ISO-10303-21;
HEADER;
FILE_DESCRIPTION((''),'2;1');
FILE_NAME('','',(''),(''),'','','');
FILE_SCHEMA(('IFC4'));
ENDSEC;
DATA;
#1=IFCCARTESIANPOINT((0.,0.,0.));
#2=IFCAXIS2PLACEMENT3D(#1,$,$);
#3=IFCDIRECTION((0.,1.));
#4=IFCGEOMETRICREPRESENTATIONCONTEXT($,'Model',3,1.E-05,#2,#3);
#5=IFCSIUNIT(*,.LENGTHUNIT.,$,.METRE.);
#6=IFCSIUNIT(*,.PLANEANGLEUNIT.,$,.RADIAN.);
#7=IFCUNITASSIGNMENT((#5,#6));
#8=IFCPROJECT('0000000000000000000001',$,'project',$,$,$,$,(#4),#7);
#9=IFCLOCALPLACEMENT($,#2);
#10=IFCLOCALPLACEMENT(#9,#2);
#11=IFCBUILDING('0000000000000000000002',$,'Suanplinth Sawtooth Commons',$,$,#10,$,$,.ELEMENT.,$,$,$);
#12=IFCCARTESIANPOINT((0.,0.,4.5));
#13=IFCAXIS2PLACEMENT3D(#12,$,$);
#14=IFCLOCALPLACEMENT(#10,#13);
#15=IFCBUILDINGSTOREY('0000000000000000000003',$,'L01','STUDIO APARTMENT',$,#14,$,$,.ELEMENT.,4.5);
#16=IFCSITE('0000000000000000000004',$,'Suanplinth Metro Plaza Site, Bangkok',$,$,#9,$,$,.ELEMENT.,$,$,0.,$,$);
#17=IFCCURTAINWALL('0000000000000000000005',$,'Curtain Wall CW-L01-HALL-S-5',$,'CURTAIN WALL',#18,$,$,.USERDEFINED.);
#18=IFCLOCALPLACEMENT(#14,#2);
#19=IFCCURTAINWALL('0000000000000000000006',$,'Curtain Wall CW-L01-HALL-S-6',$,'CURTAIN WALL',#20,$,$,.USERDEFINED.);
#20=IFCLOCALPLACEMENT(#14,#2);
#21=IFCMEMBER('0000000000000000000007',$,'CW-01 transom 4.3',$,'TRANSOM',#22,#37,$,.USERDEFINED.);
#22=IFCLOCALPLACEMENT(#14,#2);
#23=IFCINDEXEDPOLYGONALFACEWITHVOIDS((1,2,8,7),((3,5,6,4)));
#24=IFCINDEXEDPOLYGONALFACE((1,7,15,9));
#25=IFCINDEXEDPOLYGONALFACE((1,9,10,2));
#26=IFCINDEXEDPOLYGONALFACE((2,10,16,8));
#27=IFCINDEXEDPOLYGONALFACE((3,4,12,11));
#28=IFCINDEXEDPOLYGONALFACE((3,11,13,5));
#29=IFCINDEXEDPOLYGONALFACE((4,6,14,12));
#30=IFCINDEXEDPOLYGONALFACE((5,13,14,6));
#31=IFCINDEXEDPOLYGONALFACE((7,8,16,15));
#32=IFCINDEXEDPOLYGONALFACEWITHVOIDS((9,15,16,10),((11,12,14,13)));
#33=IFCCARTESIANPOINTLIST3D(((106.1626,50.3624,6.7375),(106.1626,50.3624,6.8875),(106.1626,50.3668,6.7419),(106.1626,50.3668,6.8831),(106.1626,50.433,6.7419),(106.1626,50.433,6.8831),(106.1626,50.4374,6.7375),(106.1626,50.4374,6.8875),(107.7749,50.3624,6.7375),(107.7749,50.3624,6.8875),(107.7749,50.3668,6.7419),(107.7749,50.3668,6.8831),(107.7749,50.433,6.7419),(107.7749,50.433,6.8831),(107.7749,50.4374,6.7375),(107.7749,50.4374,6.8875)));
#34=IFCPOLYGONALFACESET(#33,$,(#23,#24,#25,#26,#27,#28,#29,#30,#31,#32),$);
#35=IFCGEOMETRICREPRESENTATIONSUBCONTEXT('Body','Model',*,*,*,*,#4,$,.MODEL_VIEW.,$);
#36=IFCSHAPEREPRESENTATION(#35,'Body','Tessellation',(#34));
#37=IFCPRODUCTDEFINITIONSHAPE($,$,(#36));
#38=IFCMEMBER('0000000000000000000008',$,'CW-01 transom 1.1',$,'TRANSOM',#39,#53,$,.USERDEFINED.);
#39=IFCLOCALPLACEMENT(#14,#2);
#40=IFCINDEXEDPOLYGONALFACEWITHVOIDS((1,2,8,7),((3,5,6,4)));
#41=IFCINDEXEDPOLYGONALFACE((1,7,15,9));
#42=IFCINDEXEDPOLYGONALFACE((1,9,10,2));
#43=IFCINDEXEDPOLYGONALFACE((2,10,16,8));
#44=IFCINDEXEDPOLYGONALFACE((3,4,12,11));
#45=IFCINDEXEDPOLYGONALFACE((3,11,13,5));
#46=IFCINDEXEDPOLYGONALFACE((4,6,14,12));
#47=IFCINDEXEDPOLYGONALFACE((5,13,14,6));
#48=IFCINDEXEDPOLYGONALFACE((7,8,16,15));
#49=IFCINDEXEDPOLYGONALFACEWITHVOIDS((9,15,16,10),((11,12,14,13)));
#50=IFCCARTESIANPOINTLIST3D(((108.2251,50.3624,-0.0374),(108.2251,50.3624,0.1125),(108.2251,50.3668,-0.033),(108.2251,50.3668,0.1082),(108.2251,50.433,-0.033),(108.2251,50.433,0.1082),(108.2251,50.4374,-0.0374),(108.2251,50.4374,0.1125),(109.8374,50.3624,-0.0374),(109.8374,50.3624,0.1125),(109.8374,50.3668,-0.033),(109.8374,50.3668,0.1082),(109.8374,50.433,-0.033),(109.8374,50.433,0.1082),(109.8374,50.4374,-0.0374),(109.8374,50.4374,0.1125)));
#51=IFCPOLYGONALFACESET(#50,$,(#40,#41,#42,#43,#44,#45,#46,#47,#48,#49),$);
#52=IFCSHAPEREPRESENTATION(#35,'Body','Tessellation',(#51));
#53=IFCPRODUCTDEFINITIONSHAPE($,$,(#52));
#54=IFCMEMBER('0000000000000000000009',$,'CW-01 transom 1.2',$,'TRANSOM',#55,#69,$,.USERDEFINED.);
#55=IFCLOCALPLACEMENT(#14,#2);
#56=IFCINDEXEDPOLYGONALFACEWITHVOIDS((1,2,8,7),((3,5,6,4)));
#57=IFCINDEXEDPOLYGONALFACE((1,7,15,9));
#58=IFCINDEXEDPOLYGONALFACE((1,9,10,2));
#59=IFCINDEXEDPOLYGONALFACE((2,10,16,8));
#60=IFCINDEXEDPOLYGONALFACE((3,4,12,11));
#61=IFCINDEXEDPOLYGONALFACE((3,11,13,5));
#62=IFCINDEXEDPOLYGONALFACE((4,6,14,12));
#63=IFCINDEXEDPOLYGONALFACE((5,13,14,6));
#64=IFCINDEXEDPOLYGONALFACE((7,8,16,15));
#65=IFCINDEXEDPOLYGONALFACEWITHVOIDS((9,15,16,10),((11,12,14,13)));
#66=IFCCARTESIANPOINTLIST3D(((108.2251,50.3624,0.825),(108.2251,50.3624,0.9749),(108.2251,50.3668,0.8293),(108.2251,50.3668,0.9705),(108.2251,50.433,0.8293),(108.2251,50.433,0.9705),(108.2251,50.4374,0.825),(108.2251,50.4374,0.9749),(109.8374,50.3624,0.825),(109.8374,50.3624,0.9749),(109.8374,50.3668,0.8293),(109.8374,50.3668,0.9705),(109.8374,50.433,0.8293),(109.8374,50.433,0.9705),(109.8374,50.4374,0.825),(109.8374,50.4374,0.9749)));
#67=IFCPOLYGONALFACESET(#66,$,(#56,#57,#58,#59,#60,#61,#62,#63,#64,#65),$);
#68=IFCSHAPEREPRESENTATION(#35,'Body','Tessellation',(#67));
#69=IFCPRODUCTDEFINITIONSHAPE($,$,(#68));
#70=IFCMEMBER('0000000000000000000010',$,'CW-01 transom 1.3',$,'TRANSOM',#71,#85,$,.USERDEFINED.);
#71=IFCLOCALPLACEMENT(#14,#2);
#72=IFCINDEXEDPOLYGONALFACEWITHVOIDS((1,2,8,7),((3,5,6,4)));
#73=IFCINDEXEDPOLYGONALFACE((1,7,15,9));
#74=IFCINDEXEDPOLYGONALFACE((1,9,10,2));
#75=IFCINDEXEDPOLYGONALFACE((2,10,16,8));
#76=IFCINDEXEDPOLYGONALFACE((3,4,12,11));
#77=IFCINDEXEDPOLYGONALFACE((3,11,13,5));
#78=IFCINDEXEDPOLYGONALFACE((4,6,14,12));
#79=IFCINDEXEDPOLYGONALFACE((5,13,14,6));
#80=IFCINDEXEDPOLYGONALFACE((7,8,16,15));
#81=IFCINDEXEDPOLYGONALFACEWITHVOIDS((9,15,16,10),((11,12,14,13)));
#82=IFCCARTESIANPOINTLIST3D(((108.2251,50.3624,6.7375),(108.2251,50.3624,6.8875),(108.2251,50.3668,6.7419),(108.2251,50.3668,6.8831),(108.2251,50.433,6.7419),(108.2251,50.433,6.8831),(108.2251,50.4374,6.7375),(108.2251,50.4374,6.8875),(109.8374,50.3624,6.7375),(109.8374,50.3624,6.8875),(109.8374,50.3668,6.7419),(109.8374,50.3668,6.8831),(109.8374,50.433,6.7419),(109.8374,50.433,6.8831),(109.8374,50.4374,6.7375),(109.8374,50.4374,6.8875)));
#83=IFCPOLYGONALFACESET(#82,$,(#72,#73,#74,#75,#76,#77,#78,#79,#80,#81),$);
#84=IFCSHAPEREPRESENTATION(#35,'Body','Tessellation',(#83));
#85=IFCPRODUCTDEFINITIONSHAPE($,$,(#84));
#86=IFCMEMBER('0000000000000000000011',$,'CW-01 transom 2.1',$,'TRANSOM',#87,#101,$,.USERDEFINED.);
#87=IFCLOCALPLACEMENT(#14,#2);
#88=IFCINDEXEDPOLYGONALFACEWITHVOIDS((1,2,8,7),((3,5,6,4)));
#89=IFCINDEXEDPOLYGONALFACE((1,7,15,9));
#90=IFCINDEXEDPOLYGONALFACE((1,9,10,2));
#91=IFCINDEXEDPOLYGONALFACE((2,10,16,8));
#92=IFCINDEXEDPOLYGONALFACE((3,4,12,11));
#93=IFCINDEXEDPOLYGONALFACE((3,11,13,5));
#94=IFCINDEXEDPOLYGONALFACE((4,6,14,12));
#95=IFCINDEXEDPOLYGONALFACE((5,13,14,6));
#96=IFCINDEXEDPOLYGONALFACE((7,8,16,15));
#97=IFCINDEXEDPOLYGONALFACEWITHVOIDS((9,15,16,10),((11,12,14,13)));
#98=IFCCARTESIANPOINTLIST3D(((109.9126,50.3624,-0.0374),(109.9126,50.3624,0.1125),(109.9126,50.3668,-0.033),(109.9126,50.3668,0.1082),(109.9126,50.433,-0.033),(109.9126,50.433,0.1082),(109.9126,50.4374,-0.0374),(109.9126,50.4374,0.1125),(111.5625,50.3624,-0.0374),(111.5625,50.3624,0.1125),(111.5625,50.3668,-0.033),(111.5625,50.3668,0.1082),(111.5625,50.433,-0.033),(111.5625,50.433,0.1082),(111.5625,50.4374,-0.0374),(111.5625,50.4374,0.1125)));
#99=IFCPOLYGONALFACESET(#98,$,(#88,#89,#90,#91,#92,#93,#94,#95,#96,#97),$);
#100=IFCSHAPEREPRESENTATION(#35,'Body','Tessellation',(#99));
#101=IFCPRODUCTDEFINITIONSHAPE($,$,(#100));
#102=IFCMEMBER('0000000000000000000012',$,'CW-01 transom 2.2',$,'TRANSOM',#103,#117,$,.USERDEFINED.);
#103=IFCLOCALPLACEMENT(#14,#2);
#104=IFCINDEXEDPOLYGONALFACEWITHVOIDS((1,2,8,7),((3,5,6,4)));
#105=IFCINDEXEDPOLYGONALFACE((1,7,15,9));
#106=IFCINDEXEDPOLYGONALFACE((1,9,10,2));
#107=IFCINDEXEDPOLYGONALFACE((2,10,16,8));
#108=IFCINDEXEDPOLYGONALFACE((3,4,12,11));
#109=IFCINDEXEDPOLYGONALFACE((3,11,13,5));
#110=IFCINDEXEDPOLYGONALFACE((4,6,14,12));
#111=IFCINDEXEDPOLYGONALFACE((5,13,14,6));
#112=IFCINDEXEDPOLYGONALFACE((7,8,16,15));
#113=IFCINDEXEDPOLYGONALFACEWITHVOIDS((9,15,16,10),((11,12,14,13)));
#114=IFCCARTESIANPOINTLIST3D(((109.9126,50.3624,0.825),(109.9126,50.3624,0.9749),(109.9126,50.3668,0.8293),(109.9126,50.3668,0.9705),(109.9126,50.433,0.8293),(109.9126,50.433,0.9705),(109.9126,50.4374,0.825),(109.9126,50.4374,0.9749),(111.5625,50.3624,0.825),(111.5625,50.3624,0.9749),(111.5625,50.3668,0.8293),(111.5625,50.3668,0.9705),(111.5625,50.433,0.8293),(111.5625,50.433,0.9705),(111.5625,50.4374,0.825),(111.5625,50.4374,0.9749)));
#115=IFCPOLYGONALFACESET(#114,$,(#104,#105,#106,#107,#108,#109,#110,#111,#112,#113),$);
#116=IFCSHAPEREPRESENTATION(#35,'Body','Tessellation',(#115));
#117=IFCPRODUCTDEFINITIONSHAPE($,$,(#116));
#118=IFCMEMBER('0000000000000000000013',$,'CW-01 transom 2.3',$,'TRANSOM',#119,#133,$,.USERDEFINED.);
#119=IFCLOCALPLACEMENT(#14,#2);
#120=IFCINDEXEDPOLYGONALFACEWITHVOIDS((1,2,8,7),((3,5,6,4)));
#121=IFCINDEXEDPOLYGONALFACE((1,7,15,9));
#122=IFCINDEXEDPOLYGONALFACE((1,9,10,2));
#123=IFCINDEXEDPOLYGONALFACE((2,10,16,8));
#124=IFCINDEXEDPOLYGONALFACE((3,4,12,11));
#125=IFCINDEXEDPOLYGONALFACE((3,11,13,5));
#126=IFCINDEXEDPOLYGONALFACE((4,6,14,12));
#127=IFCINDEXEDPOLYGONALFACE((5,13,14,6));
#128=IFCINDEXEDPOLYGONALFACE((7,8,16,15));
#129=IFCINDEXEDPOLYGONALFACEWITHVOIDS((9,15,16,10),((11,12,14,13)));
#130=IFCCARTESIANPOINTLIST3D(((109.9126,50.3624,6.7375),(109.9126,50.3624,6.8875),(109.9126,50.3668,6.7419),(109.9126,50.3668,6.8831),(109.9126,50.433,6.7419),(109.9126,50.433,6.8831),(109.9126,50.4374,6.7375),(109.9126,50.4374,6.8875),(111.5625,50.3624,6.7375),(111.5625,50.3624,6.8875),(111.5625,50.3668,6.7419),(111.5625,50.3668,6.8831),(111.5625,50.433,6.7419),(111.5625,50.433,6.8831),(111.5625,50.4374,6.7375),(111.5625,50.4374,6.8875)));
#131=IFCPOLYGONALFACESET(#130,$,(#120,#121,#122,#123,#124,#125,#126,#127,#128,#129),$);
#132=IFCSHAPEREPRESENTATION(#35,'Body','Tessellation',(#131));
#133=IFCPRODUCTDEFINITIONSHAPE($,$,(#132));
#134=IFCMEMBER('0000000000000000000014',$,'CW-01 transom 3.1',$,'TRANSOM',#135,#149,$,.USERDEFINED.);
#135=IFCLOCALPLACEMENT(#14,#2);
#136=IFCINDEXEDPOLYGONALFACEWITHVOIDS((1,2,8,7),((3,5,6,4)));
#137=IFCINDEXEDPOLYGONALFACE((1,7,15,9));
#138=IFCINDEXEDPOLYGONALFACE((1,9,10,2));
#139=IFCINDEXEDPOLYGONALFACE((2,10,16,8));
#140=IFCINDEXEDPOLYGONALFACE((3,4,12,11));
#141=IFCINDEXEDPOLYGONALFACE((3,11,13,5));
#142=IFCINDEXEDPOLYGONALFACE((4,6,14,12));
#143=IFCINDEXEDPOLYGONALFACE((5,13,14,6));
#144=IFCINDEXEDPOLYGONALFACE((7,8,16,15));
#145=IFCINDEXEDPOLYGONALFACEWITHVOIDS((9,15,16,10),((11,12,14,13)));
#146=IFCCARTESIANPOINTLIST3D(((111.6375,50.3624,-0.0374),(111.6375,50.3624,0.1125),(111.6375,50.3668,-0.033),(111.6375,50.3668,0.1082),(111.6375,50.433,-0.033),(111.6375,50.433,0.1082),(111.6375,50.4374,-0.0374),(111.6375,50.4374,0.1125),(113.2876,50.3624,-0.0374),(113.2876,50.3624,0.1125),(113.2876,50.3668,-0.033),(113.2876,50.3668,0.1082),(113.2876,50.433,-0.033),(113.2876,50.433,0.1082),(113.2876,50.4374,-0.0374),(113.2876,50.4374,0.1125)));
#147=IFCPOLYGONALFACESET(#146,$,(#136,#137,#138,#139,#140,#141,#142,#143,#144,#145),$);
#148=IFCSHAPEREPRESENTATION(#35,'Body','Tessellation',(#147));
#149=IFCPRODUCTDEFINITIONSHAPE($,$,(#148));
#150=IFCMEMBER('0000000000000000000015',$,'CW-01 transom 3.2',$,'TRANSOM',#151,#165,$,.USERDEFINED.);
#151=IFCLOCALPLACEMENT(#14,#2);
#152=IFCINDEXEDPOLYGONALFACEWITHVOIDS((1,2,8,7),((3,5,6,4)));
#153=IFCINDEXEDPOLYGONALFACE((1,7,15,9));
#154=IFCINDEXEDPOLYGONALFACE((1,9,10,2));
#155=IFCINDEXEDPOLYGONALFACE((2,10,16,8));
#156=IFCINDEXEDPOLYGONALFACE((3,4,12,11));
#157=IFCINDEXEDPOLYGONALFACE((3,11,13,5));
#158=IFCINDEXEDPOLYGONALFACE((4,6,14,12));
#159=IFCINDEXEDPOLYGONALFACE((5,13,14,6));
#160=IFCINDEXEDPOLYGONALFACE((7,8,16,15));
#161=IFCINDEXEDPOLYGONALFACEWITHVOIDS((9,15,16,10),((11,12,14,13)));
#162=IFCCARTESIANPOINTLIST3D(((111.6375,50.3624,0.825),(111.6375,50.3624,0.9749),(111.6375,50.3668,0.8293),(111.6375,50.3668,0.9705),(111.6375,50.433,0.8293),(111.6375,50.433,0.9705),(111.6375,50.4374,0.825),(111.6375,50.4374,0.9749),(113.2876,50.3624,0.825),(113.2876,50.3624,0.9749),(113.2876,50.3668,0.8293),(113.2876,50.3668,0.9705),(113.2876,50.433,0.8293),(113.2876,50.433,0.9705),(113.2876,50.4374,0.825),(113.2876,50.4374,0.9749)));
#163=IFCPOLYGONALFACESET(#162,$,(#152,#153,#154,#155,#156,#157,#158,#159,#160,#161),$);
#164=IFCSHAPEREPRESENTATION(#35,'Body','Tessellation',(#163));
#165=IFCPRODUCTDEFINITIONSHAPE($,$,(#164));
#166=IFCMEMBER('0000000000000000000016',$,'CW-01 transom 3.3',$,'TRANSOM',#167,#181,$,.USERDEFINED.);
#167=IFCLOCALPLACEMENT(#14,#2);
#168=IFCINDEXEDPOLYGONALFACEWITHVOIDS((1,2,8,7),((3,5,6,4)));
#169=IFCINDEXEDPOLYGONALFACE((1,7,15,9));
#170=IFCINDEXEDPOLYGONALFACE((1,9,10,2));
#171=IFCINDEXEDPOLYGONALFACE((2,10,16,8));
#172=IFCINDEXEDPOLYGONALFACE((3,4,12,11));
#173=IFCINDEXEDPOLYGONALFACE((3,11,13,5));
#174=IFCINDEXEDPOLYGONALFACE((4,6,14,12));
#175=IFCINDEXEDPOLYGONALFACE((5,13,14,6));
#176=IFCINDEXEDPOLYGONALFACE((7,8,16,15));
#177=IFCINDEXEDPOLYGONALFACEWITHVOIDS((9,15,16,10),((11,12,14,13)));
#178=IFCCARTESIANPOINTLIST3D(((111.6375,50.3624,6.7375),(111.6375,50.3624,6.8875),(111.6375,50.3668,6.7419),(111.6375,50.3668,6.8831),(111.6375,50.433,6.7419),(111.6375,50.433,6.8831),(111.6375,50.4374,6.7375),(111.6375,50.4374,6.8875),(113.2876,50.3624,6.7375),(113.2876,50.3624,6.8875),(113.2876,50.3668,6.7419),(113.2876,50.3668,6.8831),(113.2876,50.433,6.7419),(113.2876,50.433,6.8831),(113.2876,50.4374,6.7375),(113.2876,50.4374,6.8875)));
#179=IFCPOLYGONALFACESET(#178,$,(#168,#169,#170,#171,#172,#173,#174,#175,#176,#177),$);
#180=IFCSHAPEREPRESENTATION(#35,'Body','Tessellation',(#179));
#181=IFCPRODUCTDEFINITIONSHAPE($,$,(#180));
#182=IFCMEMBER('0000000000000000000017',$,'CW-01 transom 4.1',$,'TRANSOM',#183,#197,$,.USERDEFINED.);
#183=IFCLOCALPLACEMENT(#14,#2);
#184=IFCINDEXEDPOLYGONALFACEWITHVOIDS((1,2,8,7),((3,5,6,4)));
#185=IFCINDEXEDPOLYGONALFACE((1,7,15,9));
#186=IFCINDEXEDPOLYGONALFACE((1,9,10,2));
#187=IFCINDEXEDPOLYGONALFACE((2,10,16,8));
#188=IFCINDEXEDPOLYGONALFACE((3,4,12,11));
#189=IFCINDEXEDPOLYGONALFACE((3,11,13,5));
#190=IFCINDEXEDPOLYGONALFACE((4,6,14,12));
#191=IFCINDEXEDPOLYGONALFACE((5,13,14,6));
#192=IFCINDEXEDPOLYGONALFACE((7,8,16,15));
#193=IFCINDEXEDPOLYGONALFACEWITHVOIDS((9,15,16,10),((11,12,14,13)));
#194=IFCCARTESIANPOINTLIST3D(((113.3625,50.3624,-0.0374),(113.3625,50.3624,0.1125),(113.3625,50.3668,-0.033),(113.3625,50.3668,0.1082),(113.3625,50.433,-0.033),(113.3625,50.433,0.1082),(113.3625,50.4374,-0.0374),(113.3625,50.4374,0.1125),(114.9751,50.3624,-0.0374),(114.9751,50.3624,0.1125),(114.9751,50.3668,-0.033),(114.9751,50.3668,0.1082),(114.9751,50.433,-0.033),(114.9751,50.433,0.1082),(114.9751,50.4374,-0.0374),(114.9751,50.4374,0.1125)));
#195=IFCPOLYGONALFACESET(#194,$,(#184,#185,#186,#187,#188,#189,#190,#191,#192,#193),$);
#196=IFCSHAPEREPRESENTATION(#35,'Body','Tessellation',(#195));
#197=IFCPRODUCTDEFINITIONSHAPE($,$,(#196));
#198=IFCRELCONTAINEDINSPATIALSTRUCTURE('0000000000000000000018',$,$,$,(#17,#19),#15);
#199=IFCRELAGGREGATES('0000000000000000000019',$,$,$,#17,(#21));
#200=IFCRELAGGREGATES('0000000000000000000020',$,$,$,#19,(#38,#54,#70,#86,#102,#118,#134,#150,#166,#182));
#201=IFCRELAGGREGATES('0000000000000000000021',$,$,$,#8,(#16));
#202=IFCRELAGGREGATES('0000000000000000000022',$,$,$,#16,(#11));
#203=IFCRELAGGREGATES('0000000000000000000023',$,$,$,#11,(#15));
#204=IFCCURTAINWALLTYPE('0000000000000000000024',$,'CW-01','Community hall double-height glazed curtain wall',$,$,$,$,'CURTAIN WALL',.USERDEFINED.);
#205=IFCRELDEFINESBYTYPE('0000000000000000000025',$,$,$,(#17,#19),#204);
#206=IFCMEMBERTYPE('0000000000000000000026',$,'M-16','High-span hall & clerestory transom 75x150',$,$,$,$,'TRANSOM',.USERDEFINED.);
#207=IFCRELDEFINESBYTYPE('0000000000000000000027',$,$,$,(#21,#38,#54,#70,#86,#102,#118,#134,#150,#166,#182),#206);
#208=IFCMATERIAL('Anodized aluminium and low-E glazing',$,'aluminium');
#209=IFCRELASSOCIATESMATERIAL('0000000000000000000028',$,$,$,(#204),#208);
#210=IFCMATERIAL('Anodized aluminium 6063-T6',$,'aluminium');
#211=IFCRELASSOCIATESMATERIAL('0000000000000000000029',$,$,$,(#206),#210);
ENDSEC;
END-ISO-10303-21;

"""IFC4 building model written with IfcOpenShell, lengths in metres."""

from ifc_helpers import new_model, si_unit, direction, frame, origin, origin_2d, place, context, subcontext, project, spatial, hollow_rectangle, extrude, material, material_profile, profile_set, type_object, element, aggregate, save


model = new_model("IFC4")

# Units and contexts
model_context = context("Model", 3, precision=1e-05, world=origin(), true_north=direction((0.0, 1.0)))
body_context = subcontext(model_context, "Body", "Model", "MODEL_VIEW")
ifc_project = project(units=[si_unit("LENGTHUNIT", "METRE"), si_unit("PLANEANGLEUNIT", "RADIAN")], contexts=[model_context])

# Site, building, storey
site_placement = place(None, origin())
site = spatial("IfcSite", under=ifc_project, at=site_placement, Name="Suanplinth Metro Plaza Site, Bangkok", CompositionType="ELEMENT", RefElevation=0.0)
building_placement = place(site_placement, origin())
building = spatial("IfcBuilding", under=site, at=building_placement, Name="Suanplinth Sawtooth Commons", CompositionType="ELEMENT")
storey_placement = place(building_placement, frame((0.0, 0.0, 4.5)))
storey = spatial("IfcBuildingStorey", under=building, at=storey_placement, Name="L01", Description="STUDIO APARTMENT", CompositionType="ELEMENT", Elevation=4.5)

# Curtain walls
ifc_material_1 = material(Name="Anodized aluminium and low-E glazing", Category="aluminium")
curtain_wall_type = type_object("IfcCurtainWallType", Name="CW-01", Description="Community hall double-height glazed curtain wall", ElementType="CURTAIN WALL", PredefinedType="USERDEFINED", material=ifc_material_1)
curtain_wall_1_placement = place(storey_placement, origin())
curtain_wall_1 = element("IfcCurtainWall", 1, at=curtain_wall_1_placement, inside=storey, type_object=curtain_wall_type, Name="Curtain Wall CW-L01-HALL-S-5", ObjectType="CURTAIN WALL", PredefinedType="USERDEFINED")
ifc_material_2 = material(Name="Anodized aluminium 6063-T6", Category="aluminium")
curtain_wall_2_placement = place(storey_placement, origin())
curtain_wall_2 = element("IfcCurtainWall", 2, at=curtain_wall_2_placement, inside=storey, type_object=curtain_wall_type, Name="Curtain Wall CW-L01-HALL-S-6", ObjectType="CURTAIN WALL", PredefinedType="USERDEFINED")

# Members
ifc_material_profile_1 = material_profile(ifc_material_2, hollow_rectangle(XDim=0.075, YDim=0.1499, WallThickness=0.0044, at=origin_2d()), Name="ALU-TRN 75x150")
ifc_profile_set_1 = profile_set([ifc_material_profile_1], Name="Anodized aluminium 6063-T6")
member_type_1 = type_object("IfcMemberType", Name="M-16", Description="High-span hall & clerestory transom 75x150", ElementType="TRANSOM", PredefinedType="USERDEFINED", material=ifc_profile_set_1)
member_1_placement = place(storey_placement, frame((106.1626, 50.3999, 6.8125), z_axis=(1.0, 0.0, 0.0), x_axis=(0.0, 1.0, 0.0)))
member_1 = element("IfcMember", 3, at=member_1_placement, type_object=member_type_1, Name="CW-01 transom 4.3", ObjectType="TRANSOM", PredefinedType="USERDEFINED", context=body_context, shape_type="SweptSolid", body=[
    extrude(hollow_rectangle(XDim=0.075, YDim=0.1499, WallThickness=0.0044, at=origin_2d()), origin(), (0.0, 0.0, 1.0), 1.6123),
])
member_2_placement = place(storey_placement, frame((108.2251, 50.3999, 0.0376), z_axis=(1.0, 0.0, 0.0), x_axis=(0.0, 1.0, 0.0)))
member_2 = element("IfcMember", 4, at=member_2_placement, type_object=member_type_1, Name="CW-01 transom 1.1", ObjectType="TRANSOM", PredefinedType="USERDEFINED", context=body_context, shape_type="SweptSolid", body=[
    extrude(hollow_rectangle(XDim=0.075, YDim=0.1499, WallThickness=0.0044, at=origin_2d()), origin(), (0.0, 0.0, 1.0), 1.6123),
])
member_3_placement = place(storey_placement, frame((108.2251, 50.3999, 0.8999), z_axis=(1.0, 0.0, 0.0), x_axis=(0.0, 1.0, 0.0)))
member_3 = element("IfcMember", 5, at=member_3_placement, type_object=member_type_1, Name="CW-01 transom 1.2", ObjectType="TRANSOM", PredefinedType="USERDEFINED", context=body_context, shape_type="SweptSolid", body=[
    extrude(hollow_rectangle(XDim=0.075, YDim=0.1499, WallThickness=0.0044, at=origin_2d()), origin(), (0.0, 0.0, 1.0), 1.6123),
])
member_4_placement = place(storey_placement, frame((108.2251, 50.3999, 6.8125), z_axis=(1.0, 0.0, 0.0), x_axis=(0.0, 1.0, 0.0)))
member_4 = element("IfcMember", 6, at=member_4_placement, type_object=member_type_1, Name="CW-01 transom 1.3", ObjectType="TRANSOM", PredefinedType="USERDEFINED", context=body_context, shape_type="SweptSolid", body=[
    extrude(hollow_rectangle(XDim=0.075, YDim=0.1499, WallThickness=0.0044, at=origin_2d()), origin(), (0.0, 0.0, 1.0), 1.6123),
])
member_5_placement = place(storey_placement, frame((109.9126, 50.3999, 0.0376), z_axis=(1.0, 0.0, 0.0), x_axis=(0.0, 1.0, 0.0)))
member_5 = element("IfcMember", 7, at=member_5_placement, type_object=member_type_1, Name="CW-01 transom 2.1", ObjectType="TRANSOM", PredefinedType="USERDEFINED", context=body_context, shape_type="SweptSolid", body=[
    extrude(hollow_rectangle(XDim=0.075, YDim=0.1499, WallThickness=0.0044, at=origin_2d()), origin(), (0.0, 0.0, 1.0), 1.6499),
])
member_6_placement = place(storey_placement, frame((109.9126, 50.3999, 0.8999), z_axis=(1.0, 0.0, 0.0), x_axis=(0.0, 1.0, 0.0)))
member_6 = element("IfcMember", 8, at=member_6_placement, type_object=member_type_1, Name="CW-01 transom 2.2", ObjectType="TRANSOM", PredefinedType="USERDEFINED", context=body_context, shape_type="SweptSolid", body=[
    extrude(hollow_rectangle(XDim=0.075, YDim=0.1499, WallThickness=0.0044, at=origin_2d()), origin(), (0.0, 0.0, 1.0), 1.6499),
])
member_7_placement = place(storey_placement, frame((109.9126, 50.3999, 6.8125), z_axis=(1.0, 0.0, 0.0), x_axis=(0.0, 1.0, 0.0)))
member_7 = element("IfcMember", 9, at=member_7_placement, type_object=member_type_1, Name="CW-01 transom 2.3", ObjectType="TRANSOM", PredefinedType="USERDEFINED", context=body_context, shape_type="SweptSolid", body=[
    extrude(hollow_rectangle(XDim=0.075, YDim=0.1499, WallThickness=0.0044, at=origin_2d()), origin(), (0.0, 0.0, 1.0), 1.6499),
])
member_8_placement = place(storey_placement, frame((111.6375, 50.3999, 0.0376), z_axis=(1.0, 0.0, 0.0), x_axis=(0.0, 1.0, 0.0)))
member_8 = element("IfcMember", 10, at=member_8_placement, type_object=member_type_1, Name="CW-01 transom 3.1", ObjectType="TRANSOM", PredefinedType="USERDEFINED", context=body_context, shape_type="SweptSolid", body=[
    extrude(hollow_rectangle(XDim=0.075, YDim=0.1499, WallThickness=0.0044, at=origin_2d()), origin(), (0.0, 0.0, 1.0), 1.6501),
])
member_9_placement = place(storey_placement, frame((111.6375, 50.3999, 0.8999), z_axis=(1.0, 0.0, 0.0), x_axis=(0.0, 1.0, 0.0)))
member_9 = element("IfcMember", 11, at=member_9_placement, type_object=member_type_1, Name="CW-01 transom 3.2", ObjectType="TRANSOM", PredefinedType="USERDEFINED", context=body_context, shape_type="SweptSolid", body=[
    extrude(hollow_rectangle(XDim=0.075, YDim=0.1499, WallThickness=0.0044, at=origin_2d()), origin(), (0.0, 0.0, 1.0), 1.6501),
])
member_10_placement = place(storey_placement, frame((111.6375, 50.3999, 6.8125), z_axis=(1.0, 0.0, 0.0), x_axis=(0.0, 1.0, 0.0)))
member_10 = element("IfcMember", 12, at=member_10_placement, type_object=member_type_1, Name="CW-01 transom 3.3", ObjectType="TRANSOM", PredefinedType="USERDEFINED", context=body_context, shape_type="SweptSolid", body=[
    extrude(hollow_rectangle(XDim=0.075, YDim=0.1499, WallThickness=0.0044, at=origin_2d()), origin(), (0.0, 0.0, 1.0), 1.6501),
])
member_11_placement = place(storey_placement, frame((113.3625, 50.3999, 0.0376), z_axis=(1.0, 0.0, 0.0), x_axis=(0.0, 1.0, 0.0)))
member_11 = element("IfcMember", 13, at=member_11_placement, type_object=member_type_1, Name="CW-01 transom 4.1", ObjectType="TRANSOM", PredefinedType="USERDEFINED", context=body_context, shape_type="SweptSolid", body=[
    extrude(hollow_rectangle(XDim=0.075, YDim=0.1499, WallThickness=0.0044, at=origin_2d()), origin(), (0.0, 0.0, 1.0), 1.6125),
])

aggregate(curtain_wall_1, [member_1])
aggregate(curtain_wall_2, [member_2, member_3, member_4, member_5, member_6, member_7, member_8, member_9, member_10, member_11])

save(model, "model.ifc")
